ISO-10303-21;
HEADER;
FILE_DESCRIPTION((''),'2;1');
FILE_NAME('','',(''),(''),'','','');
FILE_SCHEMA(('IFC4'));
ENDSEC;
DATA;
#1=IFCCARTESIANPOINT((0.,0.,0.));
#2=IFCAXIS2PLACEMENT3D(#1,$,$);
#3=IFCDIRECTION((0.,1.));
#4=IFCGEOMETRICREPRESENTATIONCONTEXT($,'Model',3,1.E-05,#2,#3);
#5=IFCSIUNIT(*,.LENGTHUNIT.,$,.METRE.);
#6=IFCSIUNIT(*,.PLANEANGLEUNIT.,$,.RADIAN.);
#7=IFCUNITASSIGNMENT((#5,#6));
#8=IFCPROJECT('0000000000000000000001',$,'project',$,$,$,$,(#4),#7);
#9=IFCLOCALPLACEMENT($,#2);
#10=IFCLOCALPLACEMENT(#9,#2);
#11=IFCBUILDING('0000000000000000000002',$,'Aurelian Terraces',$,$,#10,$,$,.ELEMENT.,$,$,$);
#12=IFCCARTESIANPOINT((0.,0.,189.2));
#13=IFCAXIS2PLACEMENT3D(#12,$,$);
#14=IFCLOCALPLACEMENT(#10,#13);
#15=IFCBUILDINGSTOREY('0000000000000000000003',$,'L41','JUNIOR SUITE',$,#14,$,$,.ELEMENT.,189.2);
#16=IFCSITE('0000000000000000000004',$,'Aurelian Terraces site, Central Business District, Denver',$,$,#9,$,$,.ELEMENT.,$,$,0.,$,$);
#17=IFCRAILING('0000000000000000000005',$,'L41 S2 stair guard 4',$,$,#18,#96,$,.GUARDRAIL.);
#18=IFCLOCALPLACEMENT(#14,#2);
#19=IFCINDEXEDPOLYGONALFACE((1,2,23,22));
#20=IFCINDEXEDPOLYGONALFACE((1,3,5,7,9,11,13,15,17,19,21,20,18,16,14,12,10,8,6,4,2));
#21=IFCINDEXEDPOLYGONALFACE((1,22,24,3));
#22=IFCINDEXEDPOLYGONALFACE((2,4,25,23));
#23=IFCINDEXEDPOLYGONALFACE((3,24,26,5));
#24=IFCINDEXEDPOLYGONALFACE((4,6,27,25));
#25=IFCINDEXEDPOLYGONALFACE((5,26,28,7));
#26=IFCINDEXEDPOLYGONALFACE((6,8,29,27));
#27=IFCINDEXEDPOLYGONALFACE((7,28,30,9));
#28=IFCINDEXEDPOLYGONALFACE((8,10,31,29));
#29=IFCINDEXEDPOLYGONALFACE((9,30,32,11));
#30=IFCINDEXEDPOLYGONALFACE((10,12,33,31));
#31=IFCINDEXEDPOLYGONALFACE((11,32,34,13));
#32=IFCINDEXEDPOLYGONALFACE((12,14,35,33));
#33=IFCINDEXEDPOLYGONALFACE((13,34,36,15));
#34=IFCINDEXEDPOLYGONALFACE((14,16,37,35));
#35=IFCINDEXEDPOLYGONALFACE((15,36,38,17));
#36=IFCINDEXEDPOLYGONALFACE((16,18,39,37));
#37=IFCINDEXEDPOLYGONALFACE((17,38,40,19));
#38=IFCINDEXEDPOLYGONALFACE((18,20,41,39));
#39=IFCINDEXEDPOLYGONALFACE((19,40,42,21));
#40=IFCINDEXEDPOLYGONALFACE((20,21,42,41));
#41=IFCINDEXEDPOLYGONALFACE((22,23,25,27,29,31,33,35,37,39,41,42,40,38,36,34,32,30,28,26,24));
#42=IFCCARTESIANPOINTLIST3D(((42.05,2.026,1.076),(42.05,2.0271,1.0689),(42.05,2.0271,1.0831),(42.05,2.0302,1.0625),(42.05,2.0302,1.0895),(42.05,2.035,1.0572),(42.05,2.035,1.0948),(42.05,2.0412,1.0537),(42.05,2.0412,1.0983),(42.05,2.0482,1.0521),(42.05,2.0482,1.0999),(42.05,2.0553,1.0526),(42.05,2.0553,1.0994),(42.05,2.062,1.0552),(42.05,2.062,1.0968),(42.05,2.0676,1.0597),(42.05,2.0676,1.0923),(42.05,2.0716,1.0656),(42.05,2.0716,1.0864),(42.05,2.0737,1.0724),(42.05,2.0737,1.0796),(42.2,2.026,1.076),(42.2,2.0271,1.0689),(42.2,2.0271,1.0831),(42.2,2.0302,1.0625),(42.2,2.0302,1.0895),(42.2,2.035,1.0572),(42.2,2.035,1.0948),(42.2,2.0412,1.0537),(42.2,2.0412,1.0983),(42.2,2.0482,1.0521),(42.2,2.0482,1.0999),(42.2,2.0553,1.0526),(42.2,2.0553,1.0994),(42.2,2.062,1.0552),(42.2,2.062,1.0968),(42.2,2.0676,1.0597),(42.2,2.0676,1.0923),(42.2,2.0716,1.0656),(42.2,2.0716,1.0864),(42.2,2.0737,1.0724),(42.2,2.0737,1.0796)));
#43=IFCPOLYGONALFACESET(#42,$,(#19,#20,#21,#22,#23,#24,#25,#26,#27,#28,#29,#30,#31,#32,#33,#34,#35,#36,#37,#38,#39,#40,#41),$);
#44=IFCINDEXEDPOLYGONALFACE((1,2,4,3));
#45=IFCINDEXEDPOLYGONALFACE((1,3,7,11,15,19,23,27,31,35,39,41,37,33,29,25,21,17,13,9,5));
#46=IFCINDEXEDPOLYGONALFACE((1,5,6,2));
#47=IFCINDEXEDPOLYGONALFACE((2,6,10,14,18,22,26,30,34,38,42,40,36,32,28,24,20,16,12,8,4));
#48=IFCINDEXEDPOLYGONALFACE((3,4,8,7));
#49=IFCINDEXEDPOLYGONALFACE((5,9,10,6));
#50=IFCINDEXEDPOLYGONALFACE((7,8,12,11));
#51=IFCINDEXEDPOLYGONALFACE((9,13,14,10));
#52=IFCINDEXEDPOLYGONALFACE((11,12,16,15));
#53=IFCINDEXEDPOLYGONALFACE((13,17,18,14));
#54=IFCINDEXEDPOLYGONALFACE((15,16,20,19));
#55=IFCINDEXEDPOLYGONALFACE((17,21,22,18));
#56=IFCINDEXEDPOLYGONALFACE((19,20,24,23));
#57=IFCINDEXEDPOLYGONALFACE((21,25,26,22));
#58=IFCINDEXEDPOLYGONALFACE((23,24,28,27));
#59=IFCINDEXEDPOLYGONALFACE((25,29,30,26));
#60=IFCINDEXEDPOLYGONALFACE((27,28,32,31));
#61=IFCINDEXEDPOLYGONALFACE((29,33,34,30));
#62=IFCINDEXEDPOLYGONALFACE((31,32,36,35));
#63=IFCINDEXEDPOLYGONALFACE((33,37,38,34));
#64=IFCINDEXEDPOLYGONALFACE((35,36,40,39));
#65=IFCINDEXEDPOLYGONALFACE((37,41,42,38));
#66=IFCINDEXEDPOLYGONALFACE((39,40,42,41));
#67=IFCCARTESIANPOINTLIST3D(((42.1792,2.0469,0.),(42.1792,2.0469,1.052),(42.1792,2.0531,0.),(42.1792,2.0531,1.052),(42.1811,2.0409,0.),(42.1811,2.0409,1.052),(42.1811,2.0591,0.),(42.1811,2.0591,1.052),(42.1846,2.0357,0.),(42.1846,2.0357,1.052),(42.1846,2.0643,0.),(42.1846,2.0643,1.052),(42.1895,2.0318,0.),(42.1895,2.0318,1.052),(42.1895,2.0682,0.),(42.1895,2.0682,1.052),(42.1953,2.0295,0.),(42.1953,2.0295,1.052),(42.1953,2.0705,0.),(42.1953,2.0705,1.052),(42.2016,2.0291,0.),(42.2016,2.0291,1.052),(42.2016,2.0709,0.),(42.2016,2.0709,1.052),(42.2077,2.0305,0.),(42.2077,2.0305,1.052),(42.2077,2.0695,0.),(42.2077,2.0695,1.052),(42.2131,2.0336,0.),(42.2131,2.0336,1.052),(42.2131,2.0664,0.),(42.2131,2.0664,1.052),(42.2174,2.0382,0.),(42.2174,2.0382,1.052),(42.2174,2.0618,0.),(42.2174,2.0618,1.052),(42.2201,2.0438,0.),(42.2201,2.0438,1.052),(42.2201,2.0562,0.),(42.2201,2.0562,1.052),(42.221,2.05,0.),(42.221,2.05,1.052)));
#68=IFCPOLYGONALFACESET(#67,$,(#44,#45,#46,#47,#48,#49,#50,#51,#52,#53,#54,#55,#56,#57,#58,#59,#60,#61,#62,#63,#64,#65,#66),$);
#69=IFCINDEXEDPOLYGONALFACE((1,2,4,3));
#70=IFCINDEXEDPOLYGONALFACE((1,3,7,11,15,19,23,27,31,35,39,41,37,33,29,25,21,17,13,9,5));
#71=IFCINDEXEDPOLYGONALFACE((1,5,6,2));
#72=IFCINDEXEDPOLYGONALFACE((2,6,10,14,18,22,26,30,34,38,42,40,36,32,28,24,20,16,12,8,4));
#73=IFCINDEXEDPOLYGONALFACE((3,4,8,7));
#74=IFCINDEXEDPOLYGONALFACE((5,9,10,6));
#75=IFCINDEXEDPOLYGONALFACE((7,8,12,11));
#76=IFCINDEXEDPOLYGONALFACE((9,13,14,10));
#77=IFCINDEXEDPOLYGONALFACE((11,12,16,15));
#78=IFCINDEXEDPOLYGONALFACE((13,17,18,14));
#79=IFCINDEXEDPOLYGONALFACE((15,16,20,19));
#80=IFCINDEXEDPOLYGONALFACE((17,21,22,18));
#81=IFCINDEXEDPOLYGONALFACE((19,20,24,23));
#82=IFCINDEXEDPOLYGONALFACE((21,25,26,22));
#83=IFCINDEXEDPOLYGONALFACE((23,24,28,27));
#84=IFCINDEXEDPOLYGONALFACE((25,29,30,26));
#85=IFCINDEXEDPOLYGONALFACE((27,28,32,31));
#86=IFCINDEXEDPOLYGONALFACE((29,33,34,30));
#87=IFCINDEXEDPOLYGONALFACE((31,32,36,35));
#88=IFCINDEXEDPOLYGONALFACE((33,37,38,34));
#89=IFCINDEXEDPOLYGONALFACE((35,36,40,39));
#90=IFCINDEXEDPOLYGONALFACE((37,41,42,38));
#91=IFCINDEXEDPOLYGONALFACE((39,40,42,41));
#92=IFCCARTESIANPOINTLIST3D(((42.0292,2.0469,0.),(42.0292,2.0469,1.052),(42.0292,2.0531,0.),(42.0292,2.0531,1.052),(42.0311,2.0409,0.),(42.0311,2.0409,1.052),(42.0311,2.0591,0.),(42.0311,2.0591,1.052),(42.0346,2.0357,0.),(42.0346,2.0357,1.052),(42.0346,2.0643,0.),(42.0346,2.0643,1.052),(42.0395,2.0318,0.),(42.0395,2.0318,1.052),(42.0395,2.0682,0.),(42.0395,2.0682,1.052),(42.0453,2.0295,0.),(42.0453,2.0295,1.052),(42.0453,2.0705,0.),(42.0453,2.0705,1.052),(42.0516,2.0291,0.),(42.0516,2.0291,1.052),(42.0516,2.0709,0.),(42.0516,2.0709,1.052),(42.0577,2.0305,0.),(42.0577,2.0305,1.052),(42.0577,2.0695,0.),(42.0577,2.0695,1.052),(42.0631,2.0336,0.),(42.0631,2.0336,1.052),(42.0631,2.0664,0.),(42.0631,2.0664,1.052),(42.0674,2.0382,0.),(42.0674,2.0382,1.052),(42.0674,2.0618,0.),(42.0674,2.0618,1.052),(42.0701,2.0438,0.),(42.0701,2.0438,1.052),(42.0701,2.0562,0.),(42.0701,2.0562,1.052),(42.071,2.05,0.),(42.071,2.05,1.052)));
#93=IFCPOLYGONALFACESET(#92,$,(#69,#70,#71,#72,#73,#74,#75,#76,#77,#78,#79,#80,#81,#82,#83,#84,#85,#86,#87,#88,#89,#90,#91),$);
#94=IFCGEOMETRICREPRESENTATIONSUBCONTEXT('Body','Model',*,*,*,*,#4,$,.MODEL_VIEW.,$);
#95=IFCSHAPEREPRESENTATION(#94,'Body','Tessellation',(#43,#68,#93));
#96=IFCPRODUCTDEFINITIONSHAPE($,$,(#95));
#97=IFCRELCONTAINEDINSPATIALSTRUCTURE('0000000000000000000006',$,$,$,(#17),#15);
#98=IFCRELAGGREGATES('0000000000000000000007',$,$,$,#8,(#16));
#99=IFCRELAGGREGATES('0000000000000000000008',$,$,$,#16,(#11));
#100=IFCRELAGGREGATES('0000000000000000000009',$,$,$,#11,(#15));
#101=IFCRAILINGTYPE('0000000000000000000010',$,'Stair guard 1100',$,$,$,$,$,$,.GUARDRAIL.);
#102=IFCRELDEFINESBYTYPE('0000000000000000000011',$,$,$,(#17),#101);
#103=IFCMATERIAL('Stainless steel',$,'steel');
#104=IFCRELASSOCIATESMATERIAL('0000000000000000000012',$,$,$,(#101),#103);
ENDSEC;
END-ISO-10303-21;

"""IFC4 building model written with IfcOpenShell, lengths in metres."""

from ifc_helpers import new_model, si_unit, direction, frame, origin, origin_2d, place, context, subcontext, project, spatial, circle, extrude, source, transform, mapped, material, type_object, element, save


model = new_model("IFC4")

# Units and contexts
model_context = context("Model", 3, precision=1e-05, world=origin(), true_north=direction((0.0, 1.0)))
body_context = subcontext(model_context, "Body", "Model", "MODEL_VIEW")
ifc_project = project(units=[si_unit("LENGTHUNIT", "METRE"), si_unit("PLANEANGLEUNIT", "RADIAN")], contexts=[model_context])

# Site, building, storey
site_placement = place(None, origin())
site = spatial("IfcSite", under=ifc_project, at=site_placement, Name="Aurelian Terraces site, Central Business District, Denver", CompositionType="ELEMENT", RefElevation=0.0)
building_placement = place(site_placement, origin())
building = spatial("IfcBuilding", under=site, at=building_placement, Name="Aurelian Terraces", CompositionType="ELEMENT")
storey_placement = place(building_placement, frame((0.0, 0.0, 189.2)))
storey = spatial("IfcBuildingStorey", under=building, at=storey_placement, Name="L41", Description="JUNIOR SUITE", CompositionType="ELEMENT", Elevation=189.2)

# Railing
ifc_material_1 = material(Name="Stainless steel", Category="steel")
railing_type_1 = type_object("IfcRailingType", Name="Stair guard 1100", PredefinedType="GUARDRAIL", material=ifc_material_1)
shared_shape_1 = source(origin(), body_context, "Body", "SweptSolid", [
    extrude(circle(Radius=0.024, at=origin_2d()), frame((0.0, 0.0, 1.076), z_axis=(-1.0, 0.0, 0.0), x_axis=(0.0, -1.0, 0.0)), (0.0, 0.0, 1.0), 0.15),
    extrude(circle(Radius=0.021, at=origin_2d()), origin(), (0.0, 0.0, 1.0), 1.052),
    extrude(circle(Radius=0.021, at=origin_2d()), frame((-0.15, 0.0, 0.0)), (0.0, 0.0, 1.0), 1.052),
])
for number, where, name in (
    (1, (42.2, 2.05, 0.0), "L41 S2 stair guard 4"),
):
    element("IfcRailing", number, at=place(storey_placement, frame(where)), inside=storey, type_object=railing_type_1, Name=name, PredefinedType="GUARDRAIL", context=body_context, shape_type="MappedRepresentation", body=[
        mapped(shared_shape_1, transform((0.0, 0.0, 0.0), scale=1.0)),
    ])

save(model, "model.ifc")
